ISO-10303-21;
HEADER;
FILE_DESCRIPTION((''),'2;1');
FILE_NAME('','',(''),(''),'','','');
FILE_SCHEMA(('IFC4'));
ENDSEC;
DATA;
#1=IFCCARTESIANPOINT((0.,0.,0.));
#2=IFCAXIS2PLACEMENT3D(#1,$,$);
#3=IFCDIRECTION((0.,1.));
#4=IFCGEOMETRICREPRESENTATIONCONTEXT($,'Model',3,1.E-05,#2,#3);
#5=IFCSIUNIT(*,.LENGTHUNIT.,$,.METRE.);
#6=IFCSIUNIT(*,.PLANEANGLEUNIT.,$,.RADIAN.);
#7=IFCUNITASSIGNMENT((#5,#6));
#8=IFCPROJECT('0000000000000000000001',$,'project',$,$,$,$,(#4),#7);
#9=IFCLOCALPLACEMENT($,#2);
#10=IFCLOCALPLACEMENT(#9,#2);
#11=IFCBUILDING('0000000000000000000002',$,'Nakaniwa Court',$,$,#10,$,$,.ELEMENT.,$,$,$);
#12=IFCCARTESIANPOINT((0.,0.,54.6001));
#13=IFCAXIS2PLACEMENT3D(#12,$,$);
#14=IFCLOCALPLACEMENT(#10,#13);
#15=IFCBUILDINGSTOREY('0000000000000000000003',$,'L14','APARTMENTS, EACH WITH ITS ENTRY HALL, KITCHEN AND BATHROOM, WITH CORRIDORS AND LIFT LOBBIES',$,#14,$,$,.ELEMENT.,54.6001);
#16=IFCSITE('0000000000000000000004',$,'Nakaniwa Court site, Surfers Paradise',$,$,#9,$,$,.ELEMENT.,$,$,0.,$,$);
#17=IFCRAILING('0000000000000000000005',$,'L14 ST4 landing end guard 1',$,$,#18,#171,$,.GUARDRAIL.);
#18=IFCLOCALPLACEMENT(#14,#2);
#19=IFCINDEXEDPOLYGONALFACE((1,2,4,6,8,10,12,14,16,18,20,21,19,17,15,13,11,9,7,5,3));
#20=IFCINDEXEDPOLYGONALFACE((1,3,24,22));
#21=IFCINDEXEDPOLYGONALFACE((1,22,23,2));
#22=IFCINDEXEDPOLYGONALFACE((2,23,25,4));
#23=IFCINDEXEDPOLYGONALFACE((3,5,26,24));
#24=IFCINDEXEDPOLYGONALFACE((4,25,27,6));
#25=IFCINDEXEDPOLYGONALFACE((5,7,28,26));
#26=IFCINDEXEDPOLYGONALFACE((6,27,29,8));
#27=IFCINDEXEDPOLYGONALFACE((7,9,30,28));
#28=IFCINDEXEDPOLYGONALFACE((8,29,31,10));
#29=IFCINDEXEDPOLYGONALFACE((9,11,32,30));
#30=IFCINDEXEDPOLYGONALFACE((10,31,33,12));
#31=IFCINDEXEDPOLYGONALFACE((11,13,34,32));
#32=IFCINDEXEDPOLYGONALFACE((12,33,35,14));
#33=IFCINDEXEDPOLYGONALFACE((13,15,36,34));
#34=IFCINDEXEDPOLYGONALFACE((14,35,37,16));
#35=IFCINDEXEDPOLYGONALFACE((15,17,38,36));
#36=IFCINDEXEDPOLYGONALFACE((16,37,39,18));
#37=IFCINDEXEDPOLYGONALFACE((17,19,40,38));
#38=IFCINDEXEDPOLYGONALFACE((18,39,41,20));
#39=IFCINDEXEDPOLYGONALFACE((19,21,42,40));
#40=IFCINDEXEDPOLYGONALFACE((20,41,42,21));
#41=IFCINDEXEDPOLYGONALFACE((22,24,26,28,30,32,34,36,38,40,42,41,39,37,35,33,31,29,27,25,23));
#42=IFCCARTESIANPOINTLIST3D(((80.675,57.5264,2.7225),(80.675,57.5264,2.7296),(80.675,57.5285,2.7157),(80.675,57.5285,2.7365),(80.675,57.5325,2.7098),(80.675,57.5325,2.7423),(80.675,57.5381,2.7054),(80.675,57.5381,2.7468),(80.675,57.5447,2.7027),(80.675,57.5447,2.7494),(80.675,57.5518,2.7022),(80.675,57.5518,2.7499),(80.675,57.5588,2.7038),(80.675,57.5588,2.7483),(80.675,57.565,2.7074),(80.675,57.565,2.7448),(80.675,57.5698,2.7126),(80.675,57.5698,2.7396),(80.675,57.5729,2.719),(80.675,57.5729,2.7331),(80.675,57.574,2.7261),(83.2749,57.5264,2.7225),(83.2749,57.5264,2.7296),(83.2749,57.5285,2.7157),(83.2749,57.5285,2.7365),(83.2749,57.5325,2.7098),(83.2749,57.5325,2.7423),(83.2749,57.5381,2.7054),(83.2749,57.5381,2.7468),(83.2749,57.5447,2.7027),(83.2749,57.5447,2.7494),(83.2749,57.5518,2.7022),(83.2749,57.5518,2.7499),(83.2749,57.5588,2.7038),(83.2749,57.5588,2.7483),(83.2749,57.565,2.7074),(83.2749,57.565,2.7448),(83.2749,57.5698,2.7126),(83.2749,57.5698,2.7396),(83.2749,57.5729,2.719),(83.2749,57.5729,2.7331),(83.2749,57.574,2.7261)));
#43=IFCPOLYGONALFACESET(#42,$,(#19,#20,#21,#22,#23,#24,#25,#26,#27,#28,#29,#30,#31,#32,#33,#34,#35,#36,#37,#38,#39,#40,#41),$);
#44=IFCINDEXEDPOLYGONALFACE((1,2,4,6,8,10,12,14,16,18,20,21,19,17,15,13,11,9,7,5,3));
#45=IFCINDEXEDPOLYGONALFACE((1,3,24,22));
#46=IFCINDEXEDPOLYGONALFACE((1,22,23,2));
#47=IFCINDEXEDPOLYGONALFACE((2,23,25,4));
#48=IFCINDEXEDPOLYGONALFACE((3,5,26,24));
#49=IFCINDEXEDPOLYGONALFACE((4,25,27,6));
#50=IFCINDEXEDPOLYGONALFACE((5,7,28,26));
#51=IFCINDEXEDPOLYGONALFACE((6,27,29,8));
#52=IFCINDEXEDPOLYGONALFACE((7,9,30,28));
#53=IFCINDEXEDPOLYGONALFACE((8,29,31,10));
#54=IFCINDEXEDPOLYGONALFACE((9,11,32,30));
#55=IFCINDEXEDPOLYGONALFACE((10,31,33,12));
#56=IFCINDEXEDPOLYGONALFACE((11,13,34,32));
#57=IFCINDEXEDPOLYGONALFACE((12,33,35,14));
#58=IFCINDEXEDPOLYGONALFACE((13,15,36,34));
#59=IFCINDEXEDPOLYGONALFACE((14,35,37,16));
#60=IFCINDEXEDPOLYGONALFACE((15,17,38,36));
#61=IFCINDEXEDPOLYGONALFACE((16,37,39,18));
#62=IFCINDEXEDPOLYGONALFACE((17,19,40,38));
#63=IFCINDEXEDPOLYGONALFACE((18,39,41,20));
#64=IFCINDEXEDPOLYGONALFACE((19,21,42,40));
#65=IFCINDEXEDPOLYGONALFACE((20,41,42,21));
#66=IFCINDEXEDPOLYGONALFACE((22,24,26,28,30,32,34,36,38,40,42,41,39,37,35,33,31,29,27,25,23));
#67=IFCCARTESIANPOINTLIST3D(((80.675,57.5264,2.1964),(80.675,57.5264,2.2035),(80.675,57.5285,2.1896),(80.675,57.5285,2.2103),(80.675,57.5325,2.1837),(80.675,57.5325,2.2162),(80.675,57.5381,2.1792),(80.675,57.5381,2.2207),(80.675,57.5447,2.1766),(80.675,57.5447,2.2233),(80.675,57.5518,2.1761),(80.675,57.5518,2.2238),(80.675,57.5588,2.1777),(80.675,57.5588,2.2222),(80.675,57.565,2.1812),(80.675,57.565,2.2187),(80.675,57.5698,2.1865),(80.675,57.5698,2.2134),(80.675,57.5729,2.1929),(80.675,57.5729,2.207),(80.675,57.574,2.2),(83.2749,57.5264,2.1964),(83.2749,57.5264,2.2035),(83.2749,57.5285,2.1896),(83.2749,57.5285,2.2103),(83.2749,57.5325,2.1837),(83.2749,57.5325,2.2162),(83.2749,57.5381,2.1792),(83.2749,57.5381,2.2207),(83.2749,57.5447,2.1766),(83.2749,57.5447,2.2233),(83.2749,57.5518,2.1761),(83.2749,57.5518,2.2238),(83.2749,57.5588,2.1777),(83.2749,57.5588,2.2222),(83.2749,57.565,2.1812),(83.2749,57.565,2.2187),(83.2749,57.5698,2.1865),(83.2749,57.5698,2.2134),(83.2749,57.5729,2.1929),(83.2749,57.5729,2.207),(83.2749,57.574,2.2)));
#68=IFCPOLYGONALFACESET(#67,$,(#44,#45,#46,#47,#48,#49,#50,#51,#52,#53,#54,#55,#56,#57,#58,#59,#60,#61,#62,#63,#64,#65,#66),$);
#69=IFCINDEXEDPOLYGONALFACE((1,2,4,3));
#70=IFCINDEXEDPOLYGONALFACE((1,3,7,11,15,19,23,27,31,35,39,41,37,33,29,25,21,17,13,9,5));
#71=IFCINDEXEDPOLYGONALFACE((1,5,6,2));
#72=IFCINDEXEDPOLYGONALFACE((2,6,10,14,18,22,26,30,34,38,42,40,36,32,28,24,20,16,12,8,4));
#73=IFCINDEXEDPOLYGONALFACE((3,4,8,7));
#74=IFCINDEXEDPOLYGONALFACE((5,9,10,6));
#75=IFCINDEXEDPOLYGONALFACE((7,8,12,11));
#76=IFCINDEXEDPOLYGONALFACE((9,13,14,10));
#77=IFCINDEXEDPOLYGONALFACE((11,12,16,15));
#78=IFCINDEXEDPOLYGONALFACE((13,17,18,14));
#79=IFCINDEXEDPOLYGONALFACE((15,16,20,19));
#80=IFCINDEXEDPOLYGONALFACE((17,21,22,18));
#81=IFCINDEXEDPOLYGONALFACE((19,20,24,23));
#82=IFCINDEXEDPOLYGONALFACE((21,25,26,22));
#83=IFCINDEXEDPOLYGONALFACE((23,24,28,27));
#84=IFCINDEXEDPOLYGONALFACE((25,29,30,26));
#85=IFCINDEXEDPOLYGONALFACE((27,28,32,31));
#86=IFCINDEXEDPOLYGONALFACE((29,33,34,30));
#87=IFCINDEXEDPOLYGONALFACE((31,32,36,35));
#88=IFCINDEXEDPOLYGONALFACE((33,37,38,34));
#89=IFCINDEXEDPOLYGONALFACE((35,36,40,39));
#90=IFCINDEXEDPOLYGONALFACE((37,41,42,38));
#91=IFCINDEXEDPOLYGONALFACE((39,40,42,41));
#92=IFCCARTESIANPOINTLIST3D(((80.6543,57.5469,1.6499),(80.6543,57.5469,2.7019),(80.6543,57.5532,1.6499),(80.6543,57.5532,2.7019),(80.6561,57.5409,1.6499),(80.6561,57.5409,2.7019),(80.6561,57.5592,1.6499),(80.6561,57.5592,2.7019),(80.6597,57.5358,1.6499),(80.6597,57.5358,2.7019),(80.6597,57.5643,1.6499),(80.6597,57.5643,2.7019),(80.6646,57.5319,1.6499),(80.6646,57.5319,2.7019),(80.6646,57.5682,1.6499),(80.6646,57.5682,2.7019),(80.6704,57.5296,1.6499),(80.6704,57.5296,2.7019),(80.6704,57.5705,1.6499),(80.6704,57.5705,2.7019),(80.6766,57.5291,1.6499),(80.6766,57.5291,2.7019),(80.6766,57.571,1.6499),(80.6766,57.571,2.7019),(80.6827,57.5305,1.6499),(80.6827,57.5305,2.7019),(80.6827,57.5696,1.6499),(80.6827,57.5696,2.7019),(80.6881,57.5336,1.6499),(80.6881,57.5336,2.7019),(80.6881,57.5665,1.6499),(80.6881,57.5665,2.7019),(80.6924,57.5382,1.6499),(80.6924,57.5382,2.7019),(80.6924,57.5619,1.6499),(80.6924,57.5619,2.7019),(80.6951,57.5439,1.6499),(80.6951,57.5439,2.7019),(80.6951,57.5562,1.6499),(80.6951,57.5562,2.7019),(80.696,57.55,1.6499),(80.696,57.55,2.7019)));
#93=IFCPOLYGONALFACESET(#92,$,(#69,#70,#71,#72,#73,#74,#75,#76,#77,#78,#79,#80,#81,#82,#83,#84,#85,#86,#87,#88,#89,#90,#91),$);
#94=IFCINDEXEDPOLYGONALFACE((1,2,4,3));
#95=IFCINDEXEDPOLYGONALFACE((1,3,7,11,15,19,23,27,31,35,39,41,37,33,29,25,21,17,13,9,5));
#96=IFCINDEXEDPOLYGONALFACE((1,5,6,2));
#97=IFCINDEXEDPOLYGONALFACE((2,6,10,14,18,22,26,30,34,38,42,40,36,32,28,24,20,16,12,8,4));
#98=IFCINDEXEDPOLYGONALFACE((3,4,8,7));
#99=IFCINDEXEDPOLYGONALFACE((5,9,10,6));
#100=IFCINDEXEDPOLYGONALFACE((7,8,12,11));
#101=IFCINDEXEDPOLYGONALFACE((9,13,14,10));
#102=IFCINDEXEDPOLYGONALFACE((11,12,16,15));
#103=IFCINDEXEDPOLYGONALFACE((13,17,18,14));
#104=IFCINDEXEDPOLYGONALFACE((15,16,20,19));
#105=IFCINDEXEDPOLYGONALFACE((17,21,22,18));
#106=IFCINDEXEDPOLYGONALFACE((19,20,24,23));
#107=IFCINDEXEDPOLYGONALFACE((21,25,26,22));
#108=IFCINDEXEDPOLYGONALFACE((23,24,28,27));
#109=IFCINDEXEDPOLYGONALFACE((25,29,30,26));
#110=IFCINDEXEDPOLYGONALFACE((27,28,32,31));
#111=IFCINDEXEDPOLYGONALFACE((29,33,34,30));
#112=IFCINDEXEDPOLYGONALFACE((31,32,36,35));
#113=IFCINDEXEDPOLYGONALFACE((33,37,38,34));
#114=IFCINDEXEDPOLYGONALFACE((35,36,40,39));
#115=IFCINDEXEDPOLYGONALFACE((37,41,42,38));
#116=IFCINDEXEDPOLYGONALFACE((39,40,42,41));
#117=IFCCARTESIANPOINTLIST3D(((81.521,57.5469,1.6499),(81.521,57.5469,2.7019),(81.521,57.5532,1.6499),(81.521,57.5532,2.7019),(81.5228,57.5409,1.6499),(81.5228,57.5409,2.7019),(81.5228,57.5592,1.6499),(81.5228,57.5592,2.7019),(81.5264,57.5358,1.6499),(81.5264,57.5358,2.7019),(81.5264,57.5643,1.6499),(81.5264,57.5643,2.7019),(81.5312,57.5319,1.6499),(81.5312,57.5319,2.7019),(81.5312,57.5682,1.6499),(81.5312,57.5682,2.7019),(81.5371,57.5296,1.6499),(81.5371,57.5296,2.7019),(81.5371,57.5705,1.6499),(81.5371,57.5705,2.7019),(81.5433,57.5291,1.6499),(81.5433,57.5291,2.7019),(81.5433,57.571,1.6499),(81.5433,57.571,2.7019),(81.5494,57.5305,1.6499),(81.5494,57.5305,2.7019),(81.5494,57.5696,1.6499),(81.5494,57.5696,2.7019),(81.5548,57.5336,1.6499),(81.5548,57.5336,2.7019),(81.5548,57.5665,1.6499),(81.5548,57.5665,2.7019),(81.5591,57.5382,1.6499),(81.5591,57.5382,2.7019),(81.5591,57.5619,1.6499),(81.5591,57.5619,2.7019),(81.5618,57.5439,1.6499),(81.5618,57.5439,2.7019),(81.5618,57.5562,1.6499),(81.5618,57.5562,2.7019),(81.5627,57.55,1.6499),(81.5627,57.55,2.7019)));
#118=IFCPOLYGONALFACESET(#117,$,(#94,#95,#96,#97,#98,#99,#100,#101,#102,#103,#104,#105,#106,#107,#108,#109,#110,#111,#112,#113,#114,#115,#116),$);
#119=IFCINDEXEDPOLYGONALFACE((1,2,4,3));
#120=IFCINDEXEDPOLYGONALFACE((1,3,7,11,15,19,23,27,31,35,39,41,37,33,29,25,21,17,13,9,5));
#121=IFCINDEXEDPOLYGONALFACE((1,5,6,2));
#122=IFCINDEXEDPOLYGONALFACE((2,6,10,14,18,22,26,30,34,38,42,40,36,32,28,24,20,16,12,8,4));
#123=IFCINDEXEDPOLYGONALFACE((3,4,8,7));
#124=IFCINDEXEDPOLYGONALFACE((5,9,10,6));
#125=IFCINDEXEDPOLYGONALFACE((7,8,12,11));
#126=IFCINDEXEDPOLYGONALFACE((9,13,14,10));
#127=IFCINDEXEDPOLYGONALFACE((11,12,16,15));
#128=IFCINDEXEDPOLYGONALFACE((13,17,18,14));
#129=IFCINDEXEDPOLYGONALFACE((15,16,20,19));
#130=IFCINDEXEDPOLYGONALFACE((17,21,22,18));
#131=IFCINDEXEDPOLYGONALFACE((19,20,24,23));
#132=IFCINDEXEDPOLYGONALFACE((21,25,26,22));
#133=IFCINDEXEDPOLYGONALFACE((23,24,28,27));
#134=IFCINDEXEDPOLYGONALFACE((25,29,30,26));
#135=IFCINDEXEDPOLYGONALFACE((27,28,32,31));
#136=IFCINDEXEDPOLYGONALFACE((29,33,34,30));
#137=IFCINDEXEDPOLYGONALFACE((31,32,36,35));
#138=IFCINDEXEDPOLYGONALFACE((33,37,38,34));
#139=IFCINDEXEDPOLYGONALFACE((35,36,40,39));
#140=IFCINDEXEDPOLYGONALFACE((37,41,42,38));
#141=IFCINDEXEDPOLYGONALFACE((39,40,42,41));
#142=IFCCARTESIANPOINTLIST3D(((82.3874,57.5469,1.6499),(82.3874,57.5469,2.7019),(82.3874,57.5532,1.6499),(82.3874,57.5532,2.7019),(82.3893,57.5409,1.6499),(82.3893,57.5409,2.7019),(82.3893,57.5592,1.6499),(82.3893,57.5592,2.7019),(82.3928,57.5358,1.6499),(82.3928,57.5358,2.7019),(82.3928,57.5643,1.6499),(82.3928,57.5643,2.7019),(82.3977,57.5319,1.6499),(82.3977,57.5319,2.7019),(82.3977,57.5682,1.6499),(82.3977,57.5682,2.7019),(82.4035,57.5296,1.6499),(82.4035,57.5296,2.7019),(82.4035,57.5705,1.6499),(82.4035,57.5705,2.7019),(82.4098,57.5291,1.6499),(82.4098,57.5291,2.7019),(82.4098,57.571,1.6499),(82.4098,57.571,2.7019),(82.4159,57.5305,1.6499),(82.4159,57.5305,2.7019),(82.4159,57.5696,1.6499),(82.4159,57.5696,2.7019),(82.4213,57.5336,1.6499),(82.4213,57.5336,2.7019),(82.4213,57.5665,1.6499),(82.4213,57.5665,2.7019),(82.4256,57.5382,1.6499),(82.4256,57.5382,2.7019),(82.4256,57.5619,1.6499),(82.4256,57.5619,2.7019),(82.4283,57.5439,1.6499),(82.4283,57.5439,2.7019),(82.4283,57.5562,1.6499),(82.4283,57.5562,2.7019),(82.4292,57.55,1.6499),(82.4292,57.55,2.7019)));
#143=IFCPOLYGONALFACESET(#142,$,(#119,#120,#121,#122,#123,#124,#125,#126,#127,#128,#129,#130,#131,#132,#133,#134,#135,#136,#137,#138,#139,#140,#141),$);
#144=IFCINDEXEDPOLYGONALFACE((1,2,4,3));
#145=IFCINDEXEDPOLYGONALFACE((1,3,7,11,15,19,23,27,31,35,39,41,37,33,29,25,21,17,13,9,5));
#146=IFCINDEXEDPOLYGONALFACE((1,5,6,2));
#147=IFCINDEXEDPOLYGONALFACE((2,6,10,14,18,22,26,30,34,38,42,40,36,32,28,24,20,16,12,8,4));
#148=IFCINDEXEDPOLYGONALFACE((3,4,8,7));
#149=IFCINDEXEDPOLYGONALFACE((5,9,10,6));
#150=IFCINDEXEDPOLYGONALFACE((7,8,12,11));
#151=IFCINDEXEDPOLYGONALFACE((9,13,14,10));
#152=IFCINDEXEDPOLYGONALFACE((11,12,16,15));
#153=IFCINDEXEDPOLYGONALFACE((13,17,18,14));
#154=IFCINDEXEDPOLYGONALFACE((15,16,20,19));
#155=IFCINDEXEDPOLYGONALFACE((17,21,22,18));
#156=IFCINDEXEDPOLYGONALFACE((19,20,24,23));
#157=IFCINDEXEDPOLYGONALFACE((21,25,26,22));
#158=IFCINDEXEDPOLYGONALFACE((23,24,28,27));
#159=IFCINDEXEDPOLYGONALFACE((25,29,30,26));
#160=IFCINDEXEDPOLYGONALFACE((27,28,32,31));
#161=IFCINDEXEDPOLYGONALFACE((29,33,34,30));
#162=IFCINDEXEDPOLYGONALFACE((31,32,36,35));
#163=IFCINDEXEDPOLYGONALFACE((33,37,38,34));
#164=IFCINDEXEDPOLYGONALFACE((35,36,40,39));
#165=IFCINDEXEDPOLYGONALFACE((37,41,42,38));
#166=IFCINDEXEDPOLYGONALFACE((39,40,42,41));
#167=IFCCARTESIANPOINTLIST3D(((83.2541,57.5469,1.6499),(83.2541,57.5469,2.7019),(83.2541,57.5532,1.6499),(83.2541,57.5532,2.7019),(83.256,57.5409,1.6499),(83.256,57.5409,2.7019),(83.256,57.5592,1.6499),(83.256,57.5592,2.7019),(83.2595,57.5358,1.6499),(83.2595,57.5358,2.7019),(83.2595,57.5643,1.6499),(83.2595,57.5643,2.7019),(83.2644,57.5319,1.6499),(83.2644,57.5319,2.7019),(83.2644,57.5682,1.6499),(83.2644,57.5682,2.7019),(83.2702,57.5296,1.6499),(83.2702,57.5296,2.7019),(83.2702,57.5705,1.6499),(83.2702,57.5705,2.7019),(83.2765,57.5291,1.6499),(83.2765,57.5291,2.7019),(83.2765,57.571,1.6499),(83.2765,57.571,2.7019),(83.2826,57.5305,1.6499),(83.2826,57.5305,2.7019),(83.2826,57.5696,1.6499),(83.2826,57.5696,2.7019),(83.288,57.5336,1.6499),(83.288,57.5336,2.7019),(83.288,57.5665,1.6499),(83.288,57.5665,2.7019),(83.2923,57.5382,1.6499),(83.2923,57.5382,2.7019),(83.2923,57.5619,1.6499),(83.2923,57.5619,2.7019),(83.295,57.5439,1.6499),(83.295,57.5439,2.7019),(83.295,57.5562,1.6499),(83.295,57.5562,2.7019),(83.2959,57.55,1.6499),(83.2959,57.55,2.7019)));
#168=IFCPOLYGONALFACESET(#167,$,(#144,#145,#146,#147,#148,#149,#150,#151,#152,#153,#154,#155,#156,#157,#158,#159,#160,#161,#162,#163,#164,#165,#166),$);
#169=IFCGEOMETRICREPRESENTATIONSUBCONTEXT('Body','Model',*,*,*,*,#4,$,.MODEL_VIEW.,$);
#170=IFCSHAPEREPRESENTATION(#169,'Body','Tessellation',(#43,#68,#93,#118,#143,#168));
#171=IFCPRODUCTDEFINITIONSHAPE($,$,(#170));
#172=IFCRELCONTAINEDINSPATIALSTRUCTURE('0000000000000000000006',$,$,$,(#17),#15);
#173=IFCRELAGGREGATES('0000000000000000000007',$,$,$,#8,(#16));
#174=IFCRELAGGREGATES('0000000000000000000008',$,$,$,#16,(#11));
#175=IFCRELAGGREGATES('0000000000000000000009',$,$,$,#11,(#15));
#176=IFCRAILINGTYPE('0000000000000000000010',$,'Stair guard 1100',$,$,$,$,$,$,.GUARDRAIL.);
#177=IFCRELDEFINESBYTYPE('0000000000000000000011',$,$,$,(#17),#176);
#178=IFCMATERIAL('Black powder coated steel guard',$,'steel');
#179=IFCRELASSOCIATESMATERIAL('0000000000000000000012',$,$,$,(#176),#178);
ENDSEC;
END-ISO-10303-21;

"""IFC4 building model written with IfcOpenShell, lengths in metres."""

from ifc_helpers import new_model, si_unit, direction, frame, origin, origin_2d, place, context, subcontext, project, spatial, circle, extrude, material, type_object, element, save


model = new_model("IFC4")

# Units and contexts
model_context = context("Model", 3, precision=1e-05, world=origin(), true_north=direction((0.0, 1.0)))
body_context = subcontext(model_context, "Body", "Model", "MODEL_VIEW")
ifc_project = project(units=[si_unit("LENGTHUNIT", "METRE"), si_unit("PLANEANGLEUNIT", "RADIAN")], contexts=[model_context])

# Site, building, storey
site_placement = place(None, origin())
site = spatial("IfcSite", under=ifc_project, at=site_placement, Name="Nakaniwa Court site, Surfers Paradise", CompositionType="ELEMENT", RefElevation=0.0)
building_placement = place(site_placement, origin())
building = spatial("IfcBuilding", under=site, at=building_placement, Name="Nakaniwa Court", CompositionType="ELEMENT")
storey_placement = place(building_placement, frame((0.0, 0.0, 54.6001)))
storey = spatial("IfcBuildingStorey", under=building, at=storey_placement, Name="L14", Description="APARTMENTS, EACH WITH ITS ENTRY HALL, KITCHEN AND BATHROOM, WITH CORRIDORS AND LIFT LOBBIES", CompositionType="ELEMENT", Elevation=54.6001)

# Railing
ifc_material_1 = material(Name="Black powder coated steel guard", Category="steel")
railing_type_1 = type_object("IfcRailingType", Name="Stair guard 1100", PredefinedType="GUARDRAIL", material=ifc_material_1)
railing_1_placement = place(storey_placement, frame((80.675, 57.55, 1.6499)))
element("IfcRailing", 1, at=railing_1_placement, inside=storey, type_object=railing_type_1, Name="L14 ST4 landing end guard 1", PredefinedType="GUARDRAIL", context=body_context, shape_type="SweptSolid", body=[
    extrude(circle(Radius=0.0239, at=origin_2d()), frame((0.0, 0.0, 1.0762), z_axis=(1.0, 0.0, 0.0), x_axis=(0.0, 1.0, 0.0)), (0.0, 0.0, 1.0), 2.5999),
    extrude(circle(Radius=0.0239, at=origin_2d()), frame((0.0, 0.0, 0.55), z_axis=(1.0, 0.0, 0.0), x_axis=(0.0, 1.0, 0.0)), (0.0, 0.0, 1.0), 2.5999),
    extrude(circle(Radius=0.021, at=origin_2d()), origin(), (0.0, 0.0, 1.0), 1.052),
    extrude(circle(Radius=0.021, at=origin_2d()), frame((0.8667, 0.0, 0.0)), (0.0, 0.0, 1.0), 1.052),
    extrude(circle(Radius=0.021, at=origin_2d()), frame((1.7332, 0.0, 0.0)), (0.0, 0.0, 1.0), 1.052),
    extrude(circle(Radius=0.021, at=origin_2d()), frame((2.5999, 0.0, 0.0)), (0.0, 0.0, 1.0), 1.052),
])

save(model, "model.ifc")
